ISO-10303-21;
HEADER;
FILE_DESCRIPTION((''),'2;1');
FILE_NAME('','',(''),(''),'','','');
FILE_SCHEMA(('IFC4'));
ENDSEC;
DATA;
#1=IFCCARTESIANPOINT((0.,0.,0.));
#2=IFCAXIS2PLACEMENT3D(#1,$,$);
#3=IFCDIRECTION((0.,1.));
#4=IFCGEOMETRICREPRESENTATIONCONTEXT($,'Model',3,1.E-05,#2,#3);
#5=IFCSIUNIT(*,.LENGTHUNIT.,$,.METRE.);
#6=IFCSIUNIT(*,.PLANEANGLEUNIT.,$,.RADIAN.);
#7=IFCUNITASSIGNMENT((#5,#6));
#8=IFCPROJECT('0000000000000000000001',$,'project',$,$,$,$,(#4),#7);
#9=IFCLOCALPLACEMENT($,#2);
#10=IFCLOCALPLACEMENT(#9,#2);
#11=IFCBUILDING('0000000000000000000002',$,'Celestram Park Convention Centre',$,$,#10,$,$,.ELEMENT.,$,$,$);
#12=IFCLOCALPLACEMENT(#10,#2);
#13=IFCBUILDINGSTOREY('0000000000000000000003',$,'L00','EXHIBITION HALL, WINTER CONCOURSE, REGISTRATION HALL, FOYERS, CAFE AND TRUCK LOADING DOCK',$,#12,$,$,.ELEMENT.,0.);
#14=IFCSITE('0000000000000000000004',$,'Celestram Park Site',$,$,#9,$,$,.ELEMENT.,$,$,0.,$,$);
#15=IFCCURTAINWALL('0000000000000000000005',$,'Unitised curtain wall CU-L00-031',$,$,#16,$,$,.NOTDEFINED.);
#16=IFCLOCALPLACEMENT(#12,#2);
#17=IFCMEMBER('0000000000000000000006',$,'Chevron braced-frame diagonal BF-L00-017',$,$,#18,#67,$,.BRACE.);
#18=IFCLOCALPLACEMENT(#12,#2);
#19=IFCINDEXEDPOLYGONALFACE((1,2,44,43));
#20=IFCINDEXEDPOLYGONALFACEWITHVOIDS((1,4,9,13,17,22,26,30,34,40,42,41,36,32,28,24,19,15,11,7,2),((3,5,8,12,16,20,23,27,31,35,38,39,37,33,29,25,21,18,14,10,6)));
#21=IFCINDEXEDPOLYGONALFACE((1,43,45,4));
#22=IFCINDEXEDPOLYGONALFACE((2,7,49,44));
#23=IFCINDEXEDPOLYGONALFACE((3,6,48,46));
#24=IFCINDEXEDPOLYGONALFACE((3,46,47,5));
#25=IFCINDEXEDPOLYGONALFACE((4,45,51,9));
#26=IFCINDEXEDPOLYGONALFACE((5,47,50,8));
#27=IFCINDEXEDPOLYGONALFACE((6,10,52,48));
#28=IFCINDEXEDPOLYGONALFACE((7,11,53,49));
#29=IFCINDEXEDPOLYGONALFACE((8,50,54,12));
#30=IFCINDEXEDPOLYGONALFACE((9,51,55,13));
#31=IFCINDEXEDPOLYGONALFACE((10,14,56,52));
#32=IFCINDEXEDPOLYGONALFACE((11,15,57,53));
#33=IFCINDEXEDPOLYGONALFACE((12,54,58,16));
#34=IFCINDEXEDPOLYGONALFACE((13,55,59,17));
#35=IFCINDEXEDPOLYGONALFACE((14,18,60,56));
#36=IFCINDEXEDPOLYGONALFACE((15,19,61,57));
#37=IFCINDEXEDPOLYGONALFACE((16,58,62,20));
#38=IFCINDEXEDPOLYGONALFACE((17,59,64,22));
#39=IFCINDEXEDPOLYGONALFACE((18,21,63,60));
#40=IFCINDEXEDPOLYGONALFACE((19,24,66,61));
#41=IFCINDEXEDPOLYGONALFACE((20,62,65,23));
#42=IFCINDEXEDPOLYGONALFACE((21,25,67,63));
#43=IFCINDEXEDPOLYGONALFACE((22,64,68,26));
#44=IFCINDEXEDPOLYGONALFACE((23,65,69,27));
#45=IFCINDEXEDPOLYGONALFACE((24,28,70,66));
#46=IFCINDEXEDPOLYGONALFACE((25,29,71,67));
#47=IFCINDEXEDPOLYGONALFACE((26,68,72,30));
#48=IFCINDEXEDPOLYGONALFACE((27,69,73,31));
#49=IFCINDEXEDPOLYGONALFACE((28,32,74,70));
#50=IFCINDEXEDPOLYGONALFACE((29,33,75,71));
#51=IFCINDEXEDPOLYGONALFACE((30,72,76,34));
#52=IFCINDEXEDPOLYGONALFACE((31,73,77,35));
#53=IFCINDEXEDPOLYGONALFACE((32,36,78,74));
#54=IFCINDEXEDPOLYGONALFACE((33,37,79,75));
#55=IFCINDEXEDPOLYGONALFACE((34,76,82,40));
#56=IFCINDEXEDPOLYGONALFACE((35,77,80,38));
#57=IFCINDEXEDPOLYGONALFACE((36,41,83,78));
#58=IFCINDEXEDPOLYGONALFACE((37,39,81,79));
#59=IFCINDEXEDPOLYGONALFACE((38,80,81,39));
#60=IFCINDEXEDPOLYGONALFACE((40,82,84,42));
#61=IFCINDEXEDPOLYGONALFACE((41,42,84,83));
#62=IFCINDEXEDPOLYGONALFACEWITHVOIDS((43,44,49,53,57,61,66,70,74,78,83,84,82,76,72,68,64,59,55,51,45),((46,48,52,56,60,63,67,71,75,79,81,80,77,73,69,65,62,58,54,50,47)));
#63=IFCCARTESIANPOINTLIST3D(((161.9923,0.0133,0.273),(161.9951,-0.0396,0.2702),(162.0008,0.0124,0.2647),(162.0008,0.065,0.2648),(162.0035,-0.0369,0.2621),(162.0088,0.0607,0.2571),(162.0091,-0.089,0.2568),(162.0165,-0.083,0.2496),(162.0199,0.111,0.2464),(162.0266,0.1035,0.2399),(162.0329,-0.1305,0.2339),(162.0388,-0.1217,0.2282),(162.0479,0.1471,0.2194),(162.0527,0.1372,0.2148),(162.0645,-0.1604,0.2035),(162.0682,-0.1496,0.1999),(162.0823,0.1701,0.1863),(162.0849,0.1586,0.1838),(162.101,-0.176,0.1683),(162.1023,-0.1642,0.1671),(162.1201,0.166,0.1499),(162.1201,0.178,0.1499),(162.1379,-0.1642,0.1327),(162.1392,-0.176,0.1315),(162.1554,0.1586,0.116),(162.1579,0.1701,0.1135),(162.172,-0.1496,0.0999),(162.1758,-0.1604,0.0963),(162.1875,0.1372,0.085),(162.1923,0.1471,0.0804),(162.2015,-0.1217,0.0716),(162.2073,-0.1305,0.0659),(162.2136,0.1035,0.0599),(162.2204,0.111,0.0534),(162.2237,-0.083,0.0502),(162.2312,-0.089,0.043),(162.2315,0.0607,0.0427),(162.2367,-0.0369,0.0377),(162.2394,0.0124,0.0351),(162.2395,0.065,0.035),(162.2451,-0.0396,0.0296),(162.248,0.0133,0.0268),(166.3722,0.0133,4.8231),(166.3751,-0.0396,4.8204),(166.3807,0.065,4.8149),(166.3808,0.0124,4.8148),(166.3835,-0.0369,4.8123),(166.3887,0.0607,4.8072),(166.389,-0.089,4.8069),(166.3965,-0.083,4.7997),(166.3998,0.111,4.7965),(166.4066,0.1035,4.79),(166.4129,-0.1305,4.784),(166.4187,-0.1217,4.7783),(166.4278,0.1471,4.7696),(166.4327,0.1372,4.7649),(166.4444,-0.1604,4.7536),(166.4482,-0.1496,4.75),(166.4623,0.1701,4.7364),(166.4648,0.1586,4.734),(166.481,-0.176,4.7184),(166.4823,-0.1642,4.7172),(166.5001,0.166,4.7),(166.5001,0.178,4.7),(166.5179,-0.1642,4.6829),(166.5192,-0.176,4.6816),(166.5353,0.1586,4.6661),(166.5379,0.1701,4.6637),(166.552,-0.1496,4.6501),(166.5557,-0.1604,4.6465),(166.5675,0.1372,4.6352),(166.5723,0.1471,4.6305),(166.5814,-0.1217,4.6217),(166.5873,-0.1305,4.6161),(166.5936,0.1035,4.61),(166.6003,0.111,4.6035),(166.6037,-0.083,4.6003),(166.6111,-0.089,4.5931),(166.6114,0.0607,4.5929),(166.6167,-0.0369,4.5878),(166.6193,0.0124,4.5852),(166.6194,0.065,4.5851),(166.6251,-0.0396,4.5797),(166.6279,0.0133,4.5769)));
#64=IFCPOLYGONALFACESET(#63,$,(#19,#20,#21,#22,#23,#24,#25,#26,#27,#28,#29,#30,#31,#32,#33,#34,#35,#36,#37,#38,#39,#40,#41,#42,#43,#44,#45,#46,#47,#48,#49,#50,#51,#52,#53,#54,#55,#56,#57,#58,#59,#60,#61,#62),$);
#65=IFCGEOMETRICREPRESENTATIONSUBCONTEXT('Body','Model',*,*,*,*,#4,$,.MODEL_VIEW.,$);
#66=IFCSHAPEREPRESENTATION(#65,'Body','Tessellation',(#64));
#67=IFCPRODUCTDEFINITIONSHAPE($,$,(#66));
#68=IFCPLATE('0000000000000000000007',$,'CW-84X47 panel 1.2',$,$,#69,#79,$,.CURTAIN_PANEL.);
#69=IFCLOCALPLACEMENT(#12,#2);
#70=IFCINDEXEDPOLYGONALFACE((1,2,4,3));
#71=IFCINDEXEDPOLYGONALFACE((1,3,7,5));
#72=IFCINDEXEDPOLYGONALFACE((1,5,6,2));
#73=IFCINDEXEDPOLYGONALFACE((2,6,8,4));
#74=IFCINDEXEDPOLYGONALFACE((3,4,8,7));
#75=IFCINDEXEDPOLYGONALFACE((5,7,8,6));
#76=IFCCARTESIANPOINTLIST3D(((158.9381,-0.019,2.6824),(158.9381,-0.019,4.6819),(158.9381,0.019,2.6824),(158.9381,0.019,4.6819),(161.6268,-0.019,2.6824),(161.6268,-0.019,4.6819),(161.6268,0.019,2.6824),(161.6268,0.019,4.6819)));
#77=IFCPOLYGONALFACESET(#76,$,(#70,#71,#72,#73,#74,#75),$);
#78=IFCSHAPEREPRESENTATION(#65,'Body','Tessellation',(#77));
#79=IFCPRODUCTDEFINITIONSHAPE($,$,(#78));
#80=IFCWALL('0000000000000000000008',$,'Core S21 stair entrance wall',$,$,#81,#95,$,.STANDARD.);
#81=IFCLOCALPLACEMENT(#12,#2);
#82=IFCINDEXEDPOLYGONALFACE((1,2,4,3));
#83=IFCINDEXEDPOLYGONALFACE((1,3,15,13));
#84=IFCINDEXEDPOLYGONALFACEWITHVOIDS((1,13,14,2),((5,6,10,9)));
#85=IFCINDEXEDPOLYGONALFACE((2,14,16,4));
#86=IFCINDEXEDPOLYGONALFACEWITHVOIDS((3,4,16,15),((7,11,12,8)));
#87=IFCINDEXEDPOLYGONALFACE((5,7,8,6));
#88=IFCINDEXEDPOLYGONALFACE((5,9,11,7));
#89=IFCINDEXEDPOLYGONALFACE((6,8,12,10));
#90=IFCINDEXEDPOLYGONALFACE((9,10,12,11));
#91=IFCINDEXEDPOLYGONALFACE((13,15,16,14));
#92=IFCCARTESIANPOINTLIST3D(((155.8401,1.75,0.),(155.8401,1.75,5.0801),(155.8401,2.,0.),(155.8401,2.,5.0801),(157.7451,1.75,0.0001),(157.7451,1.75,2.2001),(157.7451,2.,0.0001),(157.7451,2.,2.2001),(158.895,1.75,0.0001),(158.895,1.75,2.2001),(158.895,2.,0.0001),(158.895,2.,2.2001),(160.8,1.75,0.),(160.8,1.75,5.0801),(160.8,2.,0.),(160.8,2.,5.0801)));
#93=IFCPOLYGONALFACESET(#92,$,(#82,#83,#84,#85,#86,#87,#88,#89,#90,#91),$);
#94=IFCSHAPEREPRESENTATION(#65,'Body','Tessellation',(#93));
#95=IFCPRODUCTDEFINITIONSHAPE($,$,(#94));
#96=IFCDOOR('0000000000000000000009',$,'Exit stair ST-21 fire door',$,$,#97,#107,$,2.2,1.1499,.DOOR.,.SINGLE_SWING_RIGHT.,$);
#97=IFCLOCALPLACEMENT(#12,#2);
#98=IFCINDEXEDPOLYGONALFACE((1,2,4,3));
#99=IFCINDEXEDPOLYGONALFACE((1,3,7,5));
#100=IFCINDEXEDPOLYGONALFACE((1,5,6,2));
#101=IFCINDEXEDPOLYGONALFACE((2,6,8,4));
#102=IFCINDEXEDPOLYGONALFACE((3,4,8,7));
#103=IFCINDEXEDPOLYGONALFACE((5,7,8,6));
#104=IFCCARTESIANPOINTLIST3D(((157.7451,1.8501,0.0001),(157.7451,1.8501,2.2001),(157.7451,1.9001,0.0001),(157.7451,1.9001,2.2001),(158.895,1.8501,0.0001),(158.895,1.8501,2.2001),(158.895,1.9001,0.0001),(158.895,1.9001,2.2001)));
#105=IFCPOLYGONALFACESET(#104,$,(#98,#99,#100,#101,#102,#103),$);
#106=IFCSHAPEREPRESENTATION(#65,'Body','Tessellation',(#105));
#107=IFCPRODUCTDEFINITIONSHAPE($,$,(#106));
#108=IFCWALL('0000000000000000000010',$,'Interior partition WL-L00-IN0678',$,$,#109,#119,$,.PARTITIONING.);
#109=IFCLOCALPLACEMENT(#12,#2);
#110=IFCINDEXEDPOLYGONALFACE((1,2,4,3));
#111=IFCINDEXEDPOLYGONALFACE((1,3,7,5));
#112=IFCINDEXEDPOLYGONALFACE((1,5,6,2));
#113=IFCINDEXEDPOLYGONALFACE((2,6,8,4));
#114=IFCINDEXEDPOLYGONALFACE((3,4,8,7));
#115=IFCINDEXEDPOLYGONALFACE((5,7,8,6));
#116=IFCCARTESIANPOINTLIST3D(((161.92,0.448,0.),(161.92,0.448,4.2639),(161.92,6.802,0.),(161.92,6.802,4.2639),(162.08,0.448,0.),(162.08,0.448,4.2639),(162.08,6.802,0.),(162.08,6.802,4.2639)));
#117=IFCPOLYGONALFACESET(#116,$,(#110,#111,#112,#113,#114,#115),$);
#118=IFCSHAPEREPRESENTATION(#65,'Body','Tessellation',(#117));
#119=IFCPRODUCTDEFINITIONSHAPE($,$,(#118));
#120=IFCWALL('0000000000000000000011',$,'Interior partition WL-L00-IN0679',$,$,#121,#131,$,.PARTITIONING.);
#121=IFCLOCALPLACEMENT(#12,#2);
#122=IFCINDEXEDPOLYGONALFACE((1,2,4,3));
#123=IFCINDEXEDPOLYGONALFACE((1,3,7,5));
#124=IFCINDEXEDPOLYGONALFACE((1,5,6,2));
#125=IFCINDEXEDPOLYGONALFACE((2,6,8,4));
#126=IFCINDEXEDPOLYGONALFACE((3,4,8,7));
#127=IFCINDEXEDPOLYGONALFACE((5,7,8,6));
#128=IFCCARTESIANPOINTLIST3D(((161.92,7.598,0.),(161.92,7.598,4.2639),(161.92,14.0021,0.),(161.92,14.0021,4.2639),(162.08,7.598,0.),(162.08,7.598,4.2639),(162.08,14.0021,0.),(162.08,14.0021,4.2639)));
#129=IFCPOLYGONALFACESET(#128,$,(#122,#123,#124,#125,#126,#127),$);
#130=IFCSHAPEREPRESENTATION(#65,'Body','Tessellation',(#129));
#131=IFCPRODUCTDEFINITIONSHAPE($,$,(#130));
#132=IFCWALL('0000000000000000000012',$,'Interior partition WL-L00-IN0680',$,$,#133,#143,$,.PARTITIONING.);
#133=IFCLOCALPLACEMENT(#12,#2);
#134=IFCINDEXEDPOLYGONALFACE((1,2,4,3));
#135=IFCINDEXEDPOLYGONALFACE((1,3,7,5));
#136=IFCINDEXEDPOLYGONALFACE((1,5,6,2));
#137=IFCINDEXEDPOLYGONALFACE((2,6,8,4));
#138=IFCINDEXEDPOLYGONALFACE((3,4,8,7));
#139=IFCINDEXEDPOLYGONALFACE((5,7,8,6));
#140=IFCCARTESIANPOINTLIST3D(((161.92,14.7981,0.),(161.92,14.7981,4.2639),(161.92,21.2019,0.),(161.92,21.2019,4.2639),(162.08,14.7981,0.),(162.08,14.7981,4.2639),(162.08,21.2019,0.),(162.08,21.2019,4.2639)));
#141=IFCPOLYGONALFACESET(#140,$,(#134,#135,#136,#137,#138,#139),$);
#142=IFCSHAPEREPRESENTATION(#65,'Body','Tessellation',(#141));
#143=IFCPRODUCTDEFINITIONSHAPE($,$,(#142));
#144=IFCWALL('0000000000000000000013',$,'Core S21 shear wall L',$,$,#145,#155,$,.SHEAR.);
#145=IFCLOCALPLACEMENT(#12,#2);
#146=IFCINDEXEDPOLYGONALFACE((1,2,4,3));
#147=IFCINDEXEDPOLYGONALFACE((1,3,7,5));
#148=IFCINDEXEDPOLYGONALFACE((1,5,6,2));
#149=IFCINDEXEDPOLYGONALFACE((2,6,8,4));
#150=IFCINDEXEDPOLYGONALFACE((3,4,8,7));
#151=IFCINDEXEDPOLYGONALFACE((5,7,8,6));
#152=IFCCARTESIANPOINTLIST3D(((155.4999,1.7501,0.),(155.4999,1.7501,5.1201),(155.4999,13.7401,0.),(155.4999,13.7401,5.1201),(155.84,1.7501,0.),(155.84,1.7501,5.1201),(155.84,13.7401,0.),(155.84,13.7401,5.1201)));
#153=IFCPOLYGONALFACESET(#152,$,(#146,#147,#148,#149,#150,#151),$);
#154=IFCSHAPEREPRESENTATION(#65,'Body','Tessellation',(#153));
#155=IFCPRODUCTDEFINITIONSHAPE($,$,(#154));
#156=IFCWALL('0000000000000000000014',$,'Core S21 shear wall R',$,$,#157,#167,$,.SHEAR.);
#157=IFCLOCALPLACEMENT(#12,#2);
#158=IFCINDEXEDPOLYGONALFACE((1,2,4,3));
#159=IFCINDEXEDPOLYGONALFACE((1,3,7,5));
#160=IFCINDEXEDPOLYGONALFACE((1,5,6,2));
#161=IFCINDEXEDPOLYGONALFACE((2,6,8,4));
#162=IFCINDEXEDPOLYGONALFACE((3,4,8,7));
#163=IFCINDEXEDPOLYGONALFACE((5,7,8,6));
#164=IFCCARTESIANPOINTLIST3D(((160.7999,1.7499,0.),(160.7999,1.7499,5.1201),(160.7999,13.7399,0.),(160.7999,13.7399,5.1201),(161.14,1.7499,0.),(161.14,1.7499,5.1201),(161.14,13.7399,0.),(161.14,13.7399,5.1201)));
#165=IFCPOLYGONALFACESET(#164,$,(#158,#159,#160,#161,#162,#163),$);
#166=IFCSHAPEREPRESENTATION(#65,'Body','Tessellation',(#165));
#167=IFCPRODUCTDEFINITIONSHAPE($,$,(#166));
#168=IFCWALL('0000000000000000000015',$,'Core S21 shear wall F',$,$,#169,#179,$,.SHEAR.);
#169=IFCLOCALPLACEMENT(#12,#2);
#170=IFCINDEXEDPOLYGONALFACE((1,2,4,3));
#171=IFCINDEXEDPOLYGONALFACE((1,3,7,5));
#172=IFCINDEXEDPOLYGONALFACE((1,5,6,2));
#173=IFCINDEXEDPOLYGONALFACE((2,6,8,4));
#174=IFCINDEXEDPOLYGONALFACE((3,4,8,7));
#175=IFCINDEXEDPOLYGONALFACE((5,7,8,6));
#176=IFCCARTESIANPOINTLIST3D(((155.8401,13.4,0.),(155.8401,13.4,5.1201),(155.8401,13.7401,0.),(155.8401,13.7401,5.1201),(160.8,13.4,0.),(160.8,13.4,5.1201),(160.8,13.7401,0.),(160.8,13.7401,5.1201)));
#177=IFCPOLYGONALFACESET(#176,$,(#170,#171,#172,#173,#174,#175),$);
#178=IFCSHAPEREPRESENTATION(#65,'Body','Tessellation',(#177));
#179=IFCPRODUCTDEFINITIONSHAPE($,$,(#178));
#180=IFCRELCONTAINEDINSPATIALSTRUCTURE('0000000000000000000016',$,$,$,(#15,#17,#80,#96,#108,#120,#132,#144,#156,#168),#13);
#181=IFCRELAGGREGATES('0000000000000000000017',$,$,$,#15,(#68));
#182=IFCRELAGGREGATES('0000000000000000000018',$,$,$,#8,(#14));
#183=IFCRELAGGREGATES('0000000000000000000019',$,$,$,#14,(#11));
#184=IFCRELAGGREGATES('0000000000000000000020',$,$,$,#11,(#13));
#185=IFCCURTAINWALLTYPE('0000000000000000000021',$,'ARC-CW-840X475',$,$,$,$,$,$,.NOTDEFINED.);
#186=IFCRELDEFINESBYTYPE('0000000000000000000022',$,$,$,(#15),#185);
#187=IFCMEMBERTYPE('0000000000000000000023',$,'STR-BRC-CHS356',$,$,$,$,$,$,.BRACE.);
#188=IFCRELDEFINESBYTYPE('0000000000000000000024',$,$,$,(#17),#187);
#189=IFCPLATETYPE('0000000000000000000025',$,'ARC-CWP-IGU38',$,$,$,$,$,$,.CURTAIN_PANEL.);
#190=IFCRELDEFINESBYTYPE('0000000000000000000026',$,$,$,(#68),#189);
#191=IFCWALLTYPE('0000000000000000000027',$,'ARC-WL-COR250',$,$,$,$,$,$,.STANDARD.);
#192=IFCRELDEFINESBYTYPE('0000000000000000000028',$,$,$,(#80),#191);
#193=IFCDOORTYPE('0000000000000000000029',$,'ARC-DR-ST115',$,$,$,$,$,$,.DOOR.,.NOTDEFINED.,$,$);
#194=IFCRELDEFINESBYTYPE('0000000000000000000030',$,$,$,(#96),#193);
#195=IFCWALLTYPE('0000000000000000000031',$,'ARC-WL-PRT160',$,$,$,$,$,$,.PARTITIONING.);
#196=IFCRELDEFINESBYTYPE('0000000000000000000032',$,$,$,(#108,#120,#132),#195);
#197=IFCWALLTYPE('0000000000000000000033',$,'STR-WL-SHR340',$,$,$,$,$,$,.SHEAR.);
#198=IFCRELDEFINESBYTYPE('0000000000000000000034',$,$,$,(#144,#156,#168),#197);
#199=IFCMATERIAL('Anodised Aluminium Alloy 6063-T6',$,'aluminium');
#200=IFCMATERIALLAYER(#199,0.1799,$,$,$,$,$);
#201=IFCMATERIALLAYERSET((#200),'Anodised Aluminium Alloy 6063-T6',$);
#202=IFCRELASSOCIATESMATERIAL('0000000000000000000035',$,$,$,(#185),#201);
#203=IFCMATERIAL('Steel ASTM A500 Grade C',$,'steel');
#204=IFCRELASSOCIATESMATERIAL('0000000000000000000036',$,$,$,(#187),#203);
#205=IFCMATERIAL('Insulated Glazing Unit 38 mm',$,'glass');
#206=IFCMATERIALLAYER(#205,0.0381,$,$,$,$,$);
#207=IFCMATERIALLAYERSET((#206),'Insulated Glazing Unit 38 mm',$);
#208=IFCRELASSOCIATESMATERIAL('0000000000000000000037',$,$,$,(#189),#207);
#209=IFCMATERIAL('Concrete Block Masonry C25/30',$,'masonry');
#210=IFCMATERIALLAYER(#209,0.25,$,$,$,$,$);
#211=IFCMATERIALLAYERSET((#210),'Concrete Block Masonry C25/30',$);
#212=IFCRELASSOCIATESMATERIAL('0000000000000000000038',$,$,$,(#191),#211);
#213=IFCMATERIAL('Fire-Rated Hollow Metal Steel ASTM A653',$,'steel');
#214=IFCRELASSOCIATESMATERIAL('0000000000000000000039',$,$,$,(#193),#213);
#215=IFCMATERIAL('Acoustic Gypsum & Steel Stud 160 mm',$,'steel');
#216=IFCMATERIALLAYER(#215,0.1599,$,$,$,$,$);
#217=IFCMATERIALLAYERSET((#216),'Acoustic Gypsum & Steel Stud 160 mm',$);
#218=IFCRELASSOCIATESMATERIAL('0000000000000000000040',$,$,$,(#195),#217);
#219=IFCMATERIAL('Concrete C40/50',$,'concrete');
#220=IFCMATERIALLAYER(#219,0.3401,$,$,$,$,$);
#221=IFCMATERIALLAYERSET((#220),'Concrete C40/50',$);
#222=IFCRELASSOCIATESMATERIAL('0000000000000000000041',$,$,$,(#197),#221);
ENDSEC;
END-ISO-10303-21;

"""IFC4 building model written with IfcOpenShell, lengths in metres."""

from ifc_helpers import new_model, si_unit, direction, frame, frame_2d, origin, origin_2d, place, context, subcontext, project, spatial, rectangle, hollow_circle, extrude, material, layer, layer_set, material_profile, profile_set, type_object, element, fill, aggregate, save


model = new_model("IFC4")

# Units and contexts
model_context = context("Model", 3, precision=1e-05, world=origin(), true_north=direction((0.0, 1.0)))
body_context = subcontext(model_context, "Body", "Model", "MODEL_VIEW")
ifc_project = project(units=[si_unit("LENGTHUNIT", "METRE"), si_unit("PLANEANGLEUNIT", "RADIAN")], contexts=[model_context])

# Site, building, storey
site_placement = place(None, origin())
site = spatial("IfcSite", under=ifc_project, at=site_placement, Name="Celestram Park Site", CompositionType="ELEMENT", RefElevation=0.0)
building_placement = place(site_placement, origin())
building = spatial("IfcBuilding", under=site, at=building_placement, Name="Celestram Park Convention Centre", CompositionType="ELEMENT")
storey_placement = place(building_placement, origin())
storey = spatial("IfcBuildingStorey", under=building, at=storey_placement, Name="L00", Description="EXHIBITION HALL, WINTER CONCOURSE, REGISTRATION HALL, FOYERS, CAFE AND TRUCK LOADING DOCK", CompositionType="ELEMENT", Elevation=0.0)

# Shared definitions
ifc_material_1 = material(Name="Concrete C40/50", Category="concrete")

# Curtain wall
ifc_material_2 = material(Name="Anodised Aluminium Alloy 6063-T6", Category="aluminium")
ifc_layer_1 = layer(ifc_material_2, 0.1799)
ifc_layer_set_1 = layer_set([ifc_layer_1], Name="Anodised Aluminium Alloy 6063-T6")
curtain_wall_type = type_object("IfcCurtainWallType", Name="ARC-CW-840X475", PredefinedType="NOTDEFINED", material=ifc_layer_set_1)
curtain_wall_placement = place(storey_placement, origin())
curtain_wall = element("IfcCurtainWall", 1, at=curtain_wall_placement, inside=storey, type_object=curtain_wall_type, Name="Unitised curtain wall CU-L00-031", PredefinedType="NOTDEFINED")

# Member
ifc_material_3 = material(Name="Steel ASTM A500 Grade C", Category="steel")
ifc_material_profile_1 = material_profile(ifc_material_3, hollow_circle(Radius=0.178, WallThickness=0.012, at=origin_2d()), Name="CHS356X12")
ifc_profile_set_1 = profile_set([ifc_material_profile_1], Name="Steel ASTM A500 Grade C")
member_type_1 = type_object("IfcMemberType", Name="STR-BRC-CHS356", PredefinedType="BRACE", material=ifc_profile_set_1)
member_1_placement = place(storey_placement, frame((162.1201, 0.0, 0.1499), z_axis=(0.693506, 0.0, 0.72045), x_axis=(0.0, 1.0, 0.0)))
element("IfcMember", 2, at=member_1_placement, inside=storey, type_object=member_type_1, Name="Chevron braced-frame diagonal BF-L00-017", PredefinedType="BRACE", context=body_context, shape_type="SweptSolid", body=[
    extrude(hollow_circle(Radius=0.178, WallThickness=0.012, at=origin_2d()), origin(), (0.0, 0.0, 1.0), 6.3157),
])

# Plate
ifc_material_4 = material(Name="Insulated Glazing Unit 38 mm", Category="glass")
ifc_layer_2 = layer(ifc_material_4, 0.0381)
ifc_layer_set_2 = layer_set([ifc_layer_2], Name="Insulated Glazing Unit 38 mm")
plate_type = type_object("IfcPlateType", Name="ARC-CWP-IGU38", PredefinedType="CURTAIN_PANEL", material=ifc_layer_set_2)
plate_placement = place(storey_placement, frame((160.2825, 0.0, 2.6824), z_axis=(0.0, 0.0, 1.0), x_axis=(-1.0, 0.0, 0.0)))
plate = element("IfcPlate", 3, at=plate_placement, type_object=plate_type, Name="CW-84X47 panel 1.2", PredefinedType="CURTAIN_PANEL", context=body_context, shape_type="SweptSolid", body=[
    extrude(rectangle(XDim=2.6887, YDim=0.0381, at=origin_2d()), origin(), (0.0, 0.0, 1.0), 1.9995),
])
aggregate(curtain_wall, [plate])

# Wall, opening, door
ifc_material_5 = material(Name="Concrete Block Masonry C25/30", Category="masonry")
ifc_layer_3 = layer(ifc_material_5, 0.25)
ifc_layer_set_3 = layer_set([ifc_layer_3], Name="Concrete Block Masonry C25/30")
wall_type_1 = type_object("IfcWallType", Name="ARC-WL-COR250", PredefinedType="STANDARD", material=ifc_layer_set_3)
wall_1_placement = place(storey_placement, frame((160.8, 1.875, 0.0), z_axis=(0.0, 0.0, 1.0), x_axis=(-1.0, 0.0, 0.0)))
wall_1 = element("IfcWall", 4, at=wall_1_placement, inside=storey, type_object=wall_type_1, Name="Core S21 stair entrance wall", PredefinedType="STANDARD", context=body_context, shape_type="SweptSolid", body=[
    extrude(rectangle(XDim=4.96, YDim=0.25, at=frame_2d((2.48, 0.0))), origin(), (0.0, 0.0, 1.0), 5.0801),
])
opening_placement = place(wall_1_placement, frame((1.905, 0.0, 0.0)))
opening = element("IfcOpeningElement", 5, at=opening_placement, cuts=wall_1, PredefinedType="OPENING", context=body_context, shape_type="SweptSolid", body=[
    extrude(rectangle(XDim=1.1499, YDim=2.2, at=frame_2d((0.575, 1.1001))), frame((0.0, 0.135, 0.0), z_axis=(0.0, -1.0, 0.0), x_axis=(1.0, 0.0, 0.0)), (0.0, 0.0, 1.0), 0.27),
])
ifc_material_6 = material(Name="Fire-Rated Hollow Metal Steel ASTM A653", Category="steel")
door_type = type_object("IfcDoorType", Name="ARC-DR-ST115", OperationType="NOTDEFINED", PredefinedType="DOOR", material=ifc_material_6)
door_placement = place(opening_placement, origin())
door = element("IfcDoor", 6, at=door_placement, inside=storey, type_object=door_type, Name="Exit stair ST-21 fire door", OperationType="SINGLE_SWING_RIGHT", OverallHeight=2.2, OverallWidth=1.1499, PredefinedType="DOOR", context=body_context, shape_type="SweptSolid", body=[
    extrude(rectangle(XDim=1.1499, YDim=2.2, at=frame_2d((0.575, 1.1001))), frame((0.0, 0.0249, 0.0), z_axis=(0.0, -1.0, 0.0), x_axis=(1.0, 0.0, 0.0)), (0.0, 0.0, 1.0), 0.05),
])
fill(opening, door)

# Walls
ifc_material_7 = material(Name="Acoustic Gypsum & Steel Stud 160 mm", Category="steel")
ifc_layer_4 = layer(ifc_material_7, 0.1599)
ifc_layer_set_4 = layer_set([ifc_layer_4], Name="Acoustic Gypsum & Steel Stud 160 mm")
wall_type_2 = type_object("IfcWallType", Name="ARC-WL-PRT160", PredefinedType="PARTITIONING", material=ifc_layer_set_4)
wall_2_placement = place(storey_placement, frame((162.0, 0.448, 0.0), z_axis=(0.0, 0.0, 1.0), x_axis=(0.0, 1.0, 0.0)))
element("IfcWall", 7, at=wall_2_placement, inside=storey, type_object=wall_type_2, Name="Interior partition WL-L00-IN0678", PredefinedType="PARTITIONING", context=body_context, shape_type="SweptSolid", body=[
    extrude(rectangle(XDim=6.354, YDim=0.1599, at=frame_2d((3.177, 0.0))), origin(), (0.0, 0.0, 1.0), 4.2639),
])
wall_3_placement = place(storey_placement, frame((162.0, 7.5979, 0.0), z_axis=(0.0, 0.0, 1.0), x_axis=(0.0, 1.0, 0.0)))
element("IfcWall", 8, at=wall_3_placement, inside=storey, type_object=wall_type_2, Name="Interior partition WL-L00-IN0679", PredefinedType="PARTITIONING", context=body_context, shape_type="SweptSolid", body=[
    extrude(rectangle(XDim=6.4041, YDim=0.1599, at=frame_2d((3.2021, 0.0))), origin(), (0.0, 0.0, 1.0), 4.2639),
])
wall_4_placement = place(storey_placement, frame((162.0, 14.7981, 0.0), z_axis=(0.0, 0.0, 1.0), x_axis=(0.0, 1.0, 0.0)))
element("IfcWall", 9, at=wall_4_placement, inside=storey, type_object=wall_type_2, Name="Interior partition WL-L00-IN0680", PredefinedType="PARTITIONING", context=body_context, shape_type="SweptSolid", body=[
    extrude(rectangle(XDim=6.4038, YDim=0.1599, at=frame_2d((3.2019, 0.0))), origin(), (0.0, 0.0, 1.0), 4.2639),
])
ifc_layer_5 = layer(ifc_material_1, 0.3401)
ifc_layer_set_5 = layer_set([ifc_layer_5], Name="Concrete C40/50")
wall_type_3 = type_object("IfcWallType", Name="STR-WL-SHR340", PredefinedType="SHEAR", material=ifc_layer_set_5)
for number, where, z_axis, x_axis, name in (
    (10, (155.6699, 1.75, 0.0), (0.0, 0.0, 1.0), (0.0, 1.0, 0.0), "Core S21 shear wall L"),
    (11, (160.97, 13.74, 0.0), (0.0, 0.0, 1.0), (0.0, -1.0, 0.0), "Core S21 shear wall R"),
):
    element("IfcWall", number, at=place(storey_placement, frame(where, z_axis=z_axis, x_axis=x_axis)), inside=storey, type_object=wall_type_3, Name=name, PredefinedType="SHEAR", context=body_context, shape_type="SweptSolid", body=[
        extrude(rectangle(XDim=11.99, YDim=0.3401, at=frame_2d((5.9951, 0.0))), origin(), (0.0, 0.0, 1.0), 5.1201),
    ])
wall_5_placement = place(storey_placement, frame((155.8401, 13.5701, 0.0), z_axis=(0.0, 0.0, 1.0), x_axis=(1.0, 0.0, 0.0)))
element("IfcWall", 12, at=wall_5_placement, inside=storey, type_object=wall_type_3, Name="Core S21 shear wall F", PredefinedType="SHEAR", context=body_context, shape_type="SweptSolid", body=[
    extrude(rectangle(XDim=4.96, YDim=0.3401, at=frame_2d((2.48, 0.0))), origin(), (0.0, 0.0, 1.0), 5.1201),
])

save(model, "model.ifc")
